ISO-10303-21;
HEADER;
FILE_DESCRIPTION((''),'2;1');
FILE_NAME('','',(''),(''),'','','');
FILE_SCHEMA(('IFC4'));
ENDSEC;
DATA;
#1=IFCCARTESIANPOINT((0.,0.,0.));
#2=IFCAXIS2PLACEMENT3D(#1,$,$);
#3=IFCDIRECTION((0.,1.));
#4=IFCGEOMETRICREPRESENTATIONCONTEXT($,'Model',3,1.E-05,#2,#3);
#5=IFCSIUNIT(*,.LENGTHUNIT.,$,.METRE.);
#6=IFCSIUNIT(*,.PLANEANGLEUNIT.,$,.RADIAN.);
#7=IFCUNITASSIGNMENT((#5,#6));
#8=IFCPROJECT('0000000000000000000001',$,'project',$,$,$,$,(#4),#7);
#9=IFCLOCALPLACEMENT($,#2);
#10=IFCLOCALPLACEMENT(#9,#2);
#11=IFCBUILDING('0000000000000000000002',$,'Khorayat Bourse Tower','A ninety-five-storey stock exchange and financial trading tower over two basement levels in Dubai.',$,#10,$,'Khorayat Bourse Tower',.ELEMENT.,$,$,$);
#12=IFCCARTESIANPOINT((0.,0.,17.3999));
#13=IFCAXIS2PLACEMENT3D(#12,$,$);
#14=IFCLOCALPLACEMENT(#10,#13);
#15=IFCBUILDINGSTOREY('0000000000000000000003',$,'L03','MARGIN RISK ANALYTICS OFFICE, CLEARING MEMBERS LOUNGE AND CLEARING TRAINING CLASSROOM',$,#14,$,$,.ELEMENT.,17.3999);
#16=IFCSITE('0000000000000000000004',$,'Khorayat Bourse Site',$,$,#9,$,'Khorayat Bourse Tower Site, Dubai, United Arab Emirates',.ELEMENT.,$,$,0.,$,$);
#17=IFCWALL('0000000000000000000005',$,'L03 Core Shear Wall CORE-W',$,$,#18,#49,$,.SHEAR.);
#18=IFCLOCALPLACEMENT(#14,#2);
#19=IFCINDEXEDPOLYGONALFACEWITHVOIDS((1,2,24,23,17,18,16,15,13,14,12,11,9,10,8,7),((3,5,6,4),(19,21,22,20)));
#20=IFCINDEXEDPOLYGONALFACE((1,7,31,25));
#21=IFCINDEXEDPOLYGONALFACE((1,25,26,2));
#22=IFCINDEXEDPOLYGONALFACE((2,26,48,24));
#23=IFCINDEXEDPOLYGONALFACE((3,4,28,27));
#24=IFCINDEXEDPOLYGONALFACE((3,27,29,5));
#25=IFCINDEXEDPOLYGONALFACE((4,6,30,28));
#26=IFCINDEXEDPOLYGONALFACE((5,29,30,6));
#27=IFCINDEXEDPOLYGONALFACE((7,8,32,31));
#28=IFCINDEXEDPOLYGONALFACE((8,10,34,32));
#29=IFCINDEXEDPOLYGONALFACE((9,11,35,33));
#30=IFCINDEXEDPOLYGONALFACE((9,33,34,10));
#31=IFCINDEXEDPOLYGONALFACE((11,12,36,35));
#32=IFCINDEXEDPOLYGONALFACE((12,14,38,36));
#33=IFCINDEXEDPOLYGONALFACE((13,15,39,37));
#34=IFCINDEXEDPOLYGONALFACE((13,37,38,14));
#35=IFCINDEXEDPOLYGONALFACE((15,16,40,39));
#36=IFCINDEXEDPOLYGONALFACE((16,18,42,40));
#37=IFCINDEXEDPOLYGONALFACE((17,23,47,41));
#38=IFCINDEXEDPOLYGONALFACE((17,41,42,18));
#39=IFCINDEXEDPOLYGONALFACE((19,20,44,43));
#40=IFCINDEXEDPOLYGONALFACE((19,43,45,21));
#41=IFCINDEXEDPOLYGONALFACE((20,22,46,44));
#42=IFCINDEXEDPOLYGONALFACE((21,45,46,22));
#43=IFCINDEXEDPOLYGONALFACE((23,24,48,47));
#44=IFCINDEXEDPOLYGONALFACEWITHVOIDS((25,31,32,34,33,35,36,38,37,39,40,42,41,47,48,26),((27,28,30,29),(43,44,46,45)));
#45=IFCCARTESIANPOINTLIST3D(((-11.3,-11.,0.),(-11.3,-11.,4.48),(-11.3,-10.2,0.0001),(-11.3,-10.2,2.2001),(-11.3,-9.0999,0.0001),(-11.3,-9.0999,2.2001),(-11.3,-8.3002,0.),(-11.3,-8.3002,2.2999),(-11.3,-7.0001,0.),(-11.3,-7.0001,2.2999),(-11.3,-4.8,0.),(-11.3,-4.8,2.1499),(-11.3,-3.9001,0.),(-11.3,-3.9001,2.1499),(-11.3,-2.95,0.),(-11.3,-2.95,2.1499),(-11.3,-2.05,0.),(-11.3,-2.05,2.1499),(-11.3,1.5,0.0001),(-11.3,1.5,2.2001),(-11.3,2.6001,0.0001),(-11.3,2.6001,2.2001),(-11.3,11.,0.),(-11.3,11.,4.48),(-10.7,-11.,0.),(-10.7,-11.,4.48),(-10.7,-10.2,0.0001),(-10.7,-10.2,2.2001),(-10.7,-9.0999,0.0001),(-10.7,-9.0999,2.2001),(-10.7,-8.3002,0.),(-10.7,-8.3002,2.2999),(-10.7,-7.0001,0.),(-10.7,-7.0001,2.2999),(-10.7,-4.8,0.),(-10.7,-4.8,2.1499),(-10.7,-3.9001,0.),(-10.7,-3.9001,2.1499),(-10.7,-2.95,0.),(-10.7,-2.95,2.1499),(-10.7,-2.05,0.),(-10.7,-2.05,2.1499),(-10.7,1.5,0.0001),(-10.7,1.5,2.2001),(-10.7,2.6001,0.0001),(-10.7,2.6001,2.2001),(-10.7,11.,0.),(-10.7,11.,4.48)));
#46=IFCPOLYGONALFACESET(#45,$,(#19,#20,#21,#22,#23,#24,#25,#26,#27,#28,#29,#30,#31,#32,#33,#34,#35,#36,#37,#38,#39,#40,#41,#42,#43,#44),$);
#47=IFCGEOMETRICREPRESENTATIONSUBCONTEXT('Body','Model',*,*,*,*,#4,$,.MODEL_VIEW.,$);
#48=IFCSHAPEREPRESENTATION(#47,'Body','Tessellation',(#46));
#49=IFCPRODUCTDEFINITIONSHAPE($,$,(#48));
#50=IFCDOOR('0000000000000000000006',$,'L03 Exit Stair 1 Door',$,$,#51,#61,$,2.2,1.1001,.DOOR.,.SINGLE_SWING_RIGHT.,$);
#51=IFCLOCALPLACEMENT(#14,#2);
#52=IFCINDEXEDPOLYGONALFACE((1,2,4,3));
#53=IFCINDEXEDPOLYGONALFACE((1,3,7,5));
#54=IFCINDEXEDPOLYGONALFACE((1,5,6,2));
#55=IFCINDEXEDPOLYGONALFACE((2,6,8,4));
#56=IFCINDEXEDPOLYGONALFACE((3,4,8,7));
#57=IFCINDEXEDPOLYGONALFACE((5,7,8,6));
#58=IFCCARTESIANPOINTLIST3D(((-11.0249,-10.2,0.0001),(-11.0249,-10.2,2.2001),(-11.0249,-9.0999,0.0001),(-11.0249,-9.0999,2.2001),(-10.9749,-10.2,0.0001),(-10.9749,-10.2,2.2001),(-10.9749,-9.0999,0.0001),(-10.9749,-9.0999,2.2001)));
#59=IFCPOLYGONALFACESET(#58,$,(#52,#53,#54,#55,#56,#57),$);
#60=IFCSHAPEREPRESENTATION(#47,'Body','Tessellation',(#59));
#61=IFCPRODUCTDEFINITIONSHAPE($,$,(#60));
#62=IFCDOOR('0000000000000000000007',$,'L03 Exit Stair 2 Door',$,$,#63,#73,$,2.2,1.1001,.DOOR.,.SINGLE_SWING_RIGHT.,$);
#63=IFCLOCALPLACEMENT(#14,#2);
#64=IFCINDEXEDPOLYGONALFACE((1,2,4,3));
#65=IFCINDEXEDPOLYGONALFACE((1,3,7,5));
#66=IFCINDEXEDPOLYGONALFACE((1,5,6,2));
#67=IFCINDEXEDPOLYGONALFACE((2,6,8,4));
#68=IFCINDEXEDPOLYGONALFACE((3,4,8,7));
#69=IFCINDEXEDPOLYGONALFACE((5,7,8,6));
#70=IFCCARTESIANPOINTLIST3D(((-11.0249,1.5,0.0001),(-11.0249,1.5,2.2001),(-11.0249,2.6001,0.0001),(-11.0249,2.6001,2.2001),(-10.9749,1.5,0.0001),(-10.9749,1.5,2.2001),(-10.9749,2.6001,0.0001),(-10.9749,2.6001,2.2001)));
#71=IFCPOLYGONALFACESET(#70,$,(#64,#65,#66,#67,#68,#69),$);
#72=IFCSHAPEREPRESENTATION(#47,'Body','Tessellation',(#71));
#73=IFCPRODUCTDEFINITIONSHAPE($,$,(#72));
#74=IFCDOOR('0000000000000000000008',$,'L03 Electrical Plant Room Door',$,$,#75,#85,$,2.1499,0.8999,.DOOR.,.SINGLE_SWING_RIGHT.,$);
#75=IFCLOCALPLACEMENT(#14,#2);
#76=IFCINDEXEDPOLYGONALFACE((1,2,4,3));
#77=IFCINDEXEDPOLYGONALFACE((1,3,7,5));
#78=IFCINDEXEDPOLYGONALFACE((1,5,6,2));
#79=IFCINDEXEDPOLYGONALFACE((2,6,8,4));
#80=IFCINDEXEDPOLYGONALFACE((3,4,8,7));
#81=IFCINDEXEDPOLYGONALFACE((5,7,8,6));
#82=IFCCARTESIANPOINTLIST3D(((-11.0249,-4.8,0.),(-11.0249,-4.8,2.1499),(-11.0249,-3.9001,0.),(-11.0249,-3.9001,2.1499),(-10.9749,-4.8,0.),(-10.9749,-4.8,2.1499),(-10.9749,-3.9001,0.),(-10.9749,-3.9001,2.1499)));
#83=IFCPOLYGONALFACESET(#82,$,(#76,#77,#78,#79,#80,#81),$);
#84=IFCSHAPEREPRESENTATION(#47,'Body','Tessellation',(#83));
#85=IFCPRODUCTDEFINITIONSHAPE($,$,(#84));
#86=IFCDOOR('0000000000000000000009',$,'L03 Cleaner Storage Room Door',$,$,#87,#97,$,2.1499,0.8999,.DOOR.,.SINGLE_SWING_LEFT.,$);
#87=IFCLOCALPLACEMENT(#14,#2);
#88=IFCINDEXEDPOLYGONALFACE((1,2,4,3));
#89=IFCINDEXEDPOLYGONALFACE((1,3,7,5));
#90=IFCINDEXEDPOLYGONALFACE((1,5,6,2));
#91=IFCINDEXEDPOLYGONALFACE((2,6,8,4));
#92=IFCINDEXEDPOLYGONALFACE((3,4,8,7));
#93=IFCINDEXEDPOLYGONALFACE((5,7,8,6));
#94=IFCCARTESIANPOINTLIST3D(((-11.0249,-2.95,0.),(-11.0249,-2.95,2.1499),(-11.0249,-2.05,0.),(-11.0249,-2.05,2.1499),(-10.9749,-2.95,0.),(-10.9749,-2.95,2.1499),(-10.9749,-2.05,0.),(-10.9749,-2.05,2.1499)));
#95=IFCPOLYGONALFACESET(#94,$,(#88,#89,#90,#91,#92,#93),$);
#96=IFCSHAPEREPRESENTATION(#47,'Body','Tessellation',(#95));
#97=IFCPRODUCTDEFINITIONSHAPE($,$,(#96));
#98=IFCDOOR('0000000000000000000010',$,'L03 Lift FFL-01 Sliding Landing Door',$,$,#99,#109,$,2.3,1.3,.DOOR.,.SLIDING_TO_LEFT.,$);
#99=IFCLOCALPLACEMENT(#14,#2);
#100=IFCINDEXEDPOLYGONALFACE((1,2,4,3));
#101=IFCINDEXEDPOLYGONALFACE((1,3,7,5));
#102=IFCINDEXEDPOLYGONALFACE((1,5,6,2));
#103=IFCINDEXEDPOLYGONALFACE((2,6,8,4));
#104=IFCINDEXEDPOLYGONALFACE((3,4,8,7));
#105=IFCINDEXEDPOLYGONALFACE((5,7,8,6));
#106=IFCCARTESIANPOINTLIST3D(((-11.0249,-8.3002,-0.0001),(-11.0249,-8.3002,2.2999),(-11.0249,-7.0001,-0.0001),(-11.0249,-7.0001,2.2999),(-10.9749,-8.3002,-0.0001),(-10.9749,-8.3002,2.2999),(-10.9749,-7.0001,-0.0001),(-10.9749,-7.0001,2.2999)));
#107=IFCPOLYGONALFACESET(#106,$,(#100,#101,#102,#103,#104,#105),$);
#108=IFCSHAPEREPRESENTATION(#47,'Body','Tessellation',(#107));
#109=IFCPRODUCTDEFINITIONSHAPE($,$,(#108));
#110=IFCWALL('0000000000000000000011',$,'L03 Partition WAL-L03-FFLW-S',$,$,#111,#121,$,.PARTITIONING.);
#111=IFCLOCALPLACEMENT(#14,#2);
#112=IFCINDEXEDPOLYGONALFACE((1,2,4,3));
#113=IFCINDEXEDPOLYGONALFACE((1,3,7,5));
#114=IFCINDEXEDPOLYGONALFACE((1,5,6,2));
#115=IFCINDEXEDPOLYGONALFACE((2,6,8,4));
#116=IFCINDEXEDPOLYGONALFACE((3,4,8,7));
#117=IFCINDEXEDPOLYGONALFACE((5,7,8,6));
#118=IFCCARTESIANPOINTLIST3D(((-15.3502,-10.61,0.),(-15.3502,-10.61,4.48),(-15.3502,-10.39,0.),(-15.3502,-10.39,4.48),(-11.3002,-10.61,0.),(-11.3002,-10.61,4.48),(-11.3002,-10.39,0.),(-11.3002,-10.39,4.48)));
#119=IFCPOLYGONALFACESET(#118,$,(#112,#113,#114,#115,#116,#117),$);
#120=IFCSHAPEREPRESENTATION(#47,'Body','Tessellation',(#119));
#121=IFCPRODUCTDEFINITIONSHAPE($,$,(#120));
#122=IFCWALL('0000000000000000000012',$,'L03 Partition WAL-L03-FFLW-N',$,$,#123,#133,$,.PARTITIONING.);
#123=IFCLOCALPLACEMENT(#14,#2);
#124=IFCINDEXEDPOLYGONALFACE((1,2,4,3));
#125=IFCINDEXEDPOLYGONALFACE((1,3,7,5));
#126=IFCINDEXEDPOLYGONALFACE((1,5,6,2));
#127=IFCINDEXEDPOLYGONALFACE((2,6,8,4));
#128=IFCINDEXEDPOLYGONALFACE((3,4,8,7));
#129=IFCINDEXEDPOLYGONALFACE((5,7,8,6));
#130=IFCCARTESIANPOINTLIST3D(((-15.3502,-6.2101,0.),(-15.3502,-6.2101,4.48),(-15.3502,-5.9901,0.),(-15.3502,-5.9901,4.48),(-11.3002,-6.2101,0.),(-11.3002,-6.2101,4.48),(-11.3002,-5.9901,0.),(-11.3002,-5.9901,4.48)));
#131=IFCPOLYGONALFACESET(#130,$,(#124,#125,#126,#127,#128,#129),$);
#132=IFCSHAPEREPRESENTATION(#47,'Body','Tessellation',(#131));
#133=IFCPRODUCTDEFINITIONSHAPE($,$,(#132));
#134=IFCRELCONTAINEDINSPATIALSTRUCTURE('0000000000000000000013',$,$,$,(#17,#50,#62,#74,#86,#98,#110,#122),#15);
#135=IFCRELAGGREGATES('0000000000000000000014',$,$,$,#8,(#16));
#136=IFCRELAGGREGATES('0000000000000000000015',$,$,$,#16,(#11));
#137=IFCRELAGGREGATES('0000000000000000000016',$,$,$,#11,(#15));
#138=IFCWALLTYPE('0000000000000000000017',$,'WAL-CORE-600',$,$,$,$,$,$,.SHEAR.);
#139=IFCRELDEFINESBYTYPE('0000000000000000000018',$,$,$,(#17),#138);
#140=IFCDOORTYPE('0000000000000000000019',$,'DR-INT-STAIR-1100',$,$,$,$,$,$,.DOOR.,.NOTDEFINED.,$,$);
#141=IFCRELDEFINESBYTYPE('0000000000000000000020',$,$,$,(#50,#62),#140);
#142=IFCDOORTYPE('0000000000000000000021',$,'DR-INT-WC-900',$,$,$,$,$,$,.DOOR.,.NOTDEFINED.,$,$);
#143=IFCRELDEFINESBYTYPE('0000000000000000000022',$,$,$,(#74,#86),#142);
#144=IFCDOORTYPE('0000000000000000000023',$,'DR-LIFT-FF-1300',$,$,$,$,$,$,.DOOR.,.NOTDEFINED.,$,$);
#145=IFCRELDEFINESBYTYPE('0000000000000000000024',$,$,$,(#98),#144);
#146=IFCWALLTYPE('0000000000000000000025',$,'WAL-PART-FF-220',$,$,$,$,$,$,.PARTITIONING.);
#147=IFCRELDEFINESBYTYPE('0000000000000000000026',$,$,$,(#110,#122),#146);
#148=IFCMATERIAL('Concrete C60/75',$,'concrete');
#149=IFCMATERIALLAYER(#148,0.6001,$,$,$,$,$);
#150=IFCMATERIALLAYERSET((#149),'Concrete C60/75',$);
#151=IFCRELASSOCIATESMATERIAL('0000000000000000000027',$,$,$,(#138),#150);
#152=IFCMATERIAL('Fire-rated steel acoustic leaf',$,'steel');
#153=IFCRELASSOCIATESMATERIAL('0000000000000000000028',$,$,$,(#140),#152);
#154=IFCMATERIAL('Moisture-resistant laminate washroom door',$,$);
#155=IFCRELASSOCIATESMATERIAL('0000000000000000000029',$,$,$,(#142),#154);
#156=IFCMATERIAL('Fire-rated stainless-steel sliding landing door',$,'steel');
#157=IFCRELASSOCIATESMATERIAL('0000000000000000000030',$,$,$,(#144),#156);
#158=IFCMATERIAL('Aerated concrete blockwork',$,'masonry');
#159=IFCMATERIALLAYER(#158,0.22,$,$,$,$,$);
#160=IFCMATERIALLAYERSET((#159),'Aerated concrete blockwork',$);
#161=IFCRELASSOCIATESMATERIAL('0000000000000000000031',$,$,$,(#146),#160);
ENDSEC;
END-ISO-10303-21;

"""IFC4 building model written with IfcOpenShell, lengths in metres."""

from ifc_helpers import new_model, si_unit, direction, frame, frame_2d, origin, place, context, subcontext, project, spatial, rectangle, extrude, source, transform, mapped, material, layer, layer_set, type_object, element, fill, save


model = new_model("IFC4")

# Units and contexts
model_context = context("Model", 3, precision=1e-05, world=origin(), true_north=direction((0.0, 1.0)))
body_context = subcontext(model_context, "Body", "Model", "MODEL_VIEW")
ifc_project = project(units=[si_unit("LENGTHUNIT", "METRE"), si_unit("PLANEANGLEUNIT", "RADIAN")], contexts=[model_context])

# Site, building, storey
site_placement = place(None, origin())
site = spatial("IfcSite", under=ifc_project, at=site_placement, Name="Khorayat Bourse Site", LongName="Khorayat Bourse Tower Site, Dubai, United Arab Emirates", CompositionType="ELEMENT", RefElevation=0.0)
building_placement = place(site_placement, origin())
building = spatial("IfcBuilding", under=site, at=building_placement, Name="Khorayat Bourse Tower", Description="A ninety-five-storey stock exchange and financial trading tower over two basement levels in Dubai.", LongName="Khorayat Bourse Tower", CompositionType="ELEMENT")
storey_placement = place(building_placement, frame((0.0, 0.0, 17.3999)))
storey = spatial("IfcBuildingStorey", under=building, at=storey_placement, Name="L03", Description="MARGIN RISK ANALYTICS OFFICE, CLEARING MEMBERS LOUNGE AND CLEARING TRAINING CLASSROOM", CompositionType="ELEMENT", Elevation=17.3999)

# Wall, openings, doors
ifc_material_1 = material(Name="Concrete C60/75", Category="concrete")
ifc_layer_1 = layer(ifc_material_1, 0.6001)
ifc_layer_set_1 = layer_set([ifc_layer_1], Name="Concrete C60/75")
wall_type_1 = type_object("IfcWallType", Name="WAL-CORE-600", PredefinedType="SHEAR", material=ifc_layer_set_1)
shared_shape_1 = source(origin(), body_context, "Body", "SweptSolid", [
    extrude(rectangle(XDim=22.0, YDim=0.6001, at=frame_2d((11.0, 0.0))), origin(), (0.0, 0.0, 1.0), 4.48),
])
wall_1_placement = place(storey_placement, frame((-11.0, -11.0, 0.0), z_axis=(0.0, 0.0, 1.0), x_axis=(0.0, 1.0, 0.0)))
wall_1 = element("IfcWall", 1, at=wall_1_placement, inside=storey, type_object=wall_type_1, Name="L03 Core Shear Wall CORE-W", PredefinedType="SHEAR", context=body_context, shape_type="MappedRepresentation", body=[
    mapped(shared_shape_1, transform((0.0, 0.0, 0.0), scale=1.0)),
])
shared_shape_2 = source(origin(), body_context, "Body", "SweptSolid", [
    extrude(rectangle(XDim=1.1001, YDim=2.2, at=frame_2d((0.55, 1.1001))), frame((0.0, 0.3101, 0.0), z_axis=(0.0, -1.0, 0.0), x_axis=(1.0, 0.0, 0.0)), (0.0, 0.0, 1.0), 0.6201),
])
opening_1_placement = place(wall_1_placement, frame((0.8, 0.0, 0.0)))
opening_1 = element("IfcOpeningElement", 2, at=opening_1_placement, cuts=wall_1, PredefinedType="OPENING", context=body_context, shape_type="MappedRepresentation", body=[
    mapped(shared_shape_2, transform((0.0, 0.0, 0.0), scale=1.0)),
])
opening_2_placement = place(wall_1_placement, frame((12.5, 0.0, 0.0)))
opening_2 = element("IfcOpeningElement", 3, at=opening_2_placement, cuts=wall_1, PredefinedType="OPENING", context=body_context, shape_type="MappedRepresentation", body=[
    mapped(shared_shape_2, transform((0.0, 0.0, 0.0), scale=1.0)),
])
shared_shape_3 = source(origin(), body_context, "Body", "SweptSolid", [
    extrude(rectangle(XDim=0.8999, YDim=2.1499, at=frame_2d((0.45, 1.075))), frame((0.0, 0.3101, 0.0), z_axis=(0.0, -1.0, 0.0), x_axis=(1.0, 0.0, 0.0)), (0.0, 0.0, 1.0), 0.6201),
])
opening_3_placement = place(wall_1_placement, frame((6.2, 0.0, 0.0)))
opening_3 = element("IfcOpeningElement", 4, at=opening_3_placement, cuts=wall_1, PredefinedType="OPENING", context=body_context, shape_type="MappedRepresentation", body=[
    mapped(shared_shape_3, transform((0.0, 0.0, 0.0), scale=1.0)),
])
opening_4_placement = place(wall_1_placement, frame((8.05, 0.0, 0.0)))
opening_4 = element("IfcOpeningElement", 5, at=opening_4_placement, cuts=wall_1, PredefinedType="OPENING", context=body_context, shape_type="MappedRepresentation", body=[
    mapped(shared_shape_3, transform((0.0, 0.0, 0.0), scale=1.0)),
])
shared_shape_4 = source(origin(), body_context, "Body", "SweptSolid", [
    extrude(rectangle(XDim=1.3, YDim=2.3, at=frame_2d((0.6499, 1.1499))), frame((0.0, 0.3101, 0.0), z_axis=(0.0, -1.0, 0.0), x_axis=(1.0, 0.0, 0.0)), (0.0, 0.0, 1.0), 0.6201),
])
opening_5_placement = place(wall_1_placement, frame((2.7, 0.0, 0.0)))
opening_5 = element("IfcOpeningElement", 6, at=opening_5_placement, cuts=wall_1, PredefinedType="OPENING", context=body_context, shape_type="MappedRepresentation", body=[
    mapped(shared_shape_4, transform((0.0, 0.0, 0.0), scale=1.0)),
])
ifc_material_2 = material(Name="Fire-rated steel acoustic leaf", Category="steel")
door_type_1 = type_object("IfcDoorType", Name="DR-INT-STAIR-1100", OperationType="NOTDEFINED", PredefinedType="DOOR", material=ifc_material_2)
shared_shape_5 = source(origin(), body_context, "Body", "SweptSolid", [
    extrude(rectangle(XDim=1.1001, YDim=2.2, at=frame_2d((0.55, 1.1001))), frame((0.0, 0.0249, 0.0), z_axis=(0.0, -1.0, 0.0), x_axis=(1.0, 0.0, 0.0)), (0.0, 0.0, 1.0), 0.05),
])
door_1_placement = place(opening_1_placement, origin())
door_1 = element("IfcDoor", 7, at=door_1_placement, inside=storey, type_object=door_type_1, Name="L03 Exit Stair 1 Door", OperationType="SINGLE_SWING_RIGHT", OverallHeight=2.2, OverallWidth=1.1001, PredefinedType="DOOR", context=body_context, shape_type="MappedRepresentation", body=[
    mapped(shared_shape_5, transform((0.0, 0.0, 0.0), scale=1.0)),
])
fill(opening_1, door_1)
door_2_placement = place(opening_2_placement, origin())
door_2 = element("IfcDoor", 8, at=door_2_placement, inside=storey, type_object=door_type_1, Name="L03 Exit Stair 2 Door", OperationType="SINGLE_SWING_RIGHT", OverallHeight=2.2, OverallWidth=1.1001, PredefinedType="DOOR", context=body_context, shape_type="MappedRepresentation", body=[
    mapped(shared_shape_5, transform((0.0, 0.0, 0.0), scale=1.0)),
])
fill(opening_2, door_2)
ifc_material_3 = material(Name="Moisture-resistant laminate washroom door")
door_type_2 = type_object("IfcDoorType", Name="DR-INT-WC-900", OperationType="NOTDEFINED", PredefinedType="DOOR", material=ifc_material_3)
shared_shape_6 = source(origin(), body_context, "Body", "SweptSolid", [
    extrude(rectangle(XDim=0.8999, YDim=2.1499, at=frame_2d((0.45, 1.075))), frame((0.0, 0.0249, 0.0), z_axis=(0.0, -1.0, 0.0), x_axis=(1.0, 0.0, 0.0)), (0.0, 0.0, 1.0), 0.05),
])
door_3_placement = place(opening_3_placement, origin())
door_3 = element("IfcDoor", 9, at=door_3_placement, inside=storey, type_object=door_type_2, Name="L03 Electrical Plant Room Door", OperationType="SINGLE_SWING_RIGHT", OverallHeight=2.1499, OverallWidth=0.8999, PredefinedType="DOOR", context=body_context, shape_type="MappedRepresentation", body=[
    mapped(shared_shape_6, transform((0.0, 0.0, 0.0), scale=1.0)),
])
fill(opening_3, door_3)
door_4_placement = place(opening_4_placement, origin())
door_4 = element("IfcDoor", 10, at=door_4_placement, inside=storey, type_object=door_type_2, Name="L03 Cleaner Storage Room Door", OperationType="SINGLE_SWING_LEFT", OverallHeight=2.1499, OverallWidth=0.8999, PredefinedType="DOOR", context=body_context, shape_type="MappedRepresentation", body=[
    mapped(shared_shape_6, transform((0.0, 0.0, 0.0), scale=1.0)),
])
fill(opening_4, door_4)
ifc_material_4 = material(Name="Fire-rated stainless-steel sliding landing door", Category="steel")
door_type_3 = type_object("IfcDoorType", Name="DR-LIFT-FF-1300", OperationType="NOTDEFINED", PredefinedType="DOOR", material=ifc_material_4)
shared_shape_7 = source(origin(), body_context, "Body", "SweptSolid", [
    extrude(rectangle(XDim=1.3, YDim=2.3, at=frame_2d((0.6499, 1.1499))), frame((0.0, 0.0249, 0.0), z_axis=(0.0, -1.0, 0.0), x_axis=(1.0, 0.0, 0.0)), (0.0, 0.0, 1.0), 0.05),
])
door_5_placement = place(opening_5_placement, origin())
door_5 = element("IfcDoor", 11, at=door_5_placement, inside=storey, type_object=door_type_3, Name="L03 Lift FFL-01 Sliding Landing Door", OperationType="SLIDING_TO_LEFT", OverallHeight=2.3, OverallWidth=1.3, PredefinedType="DOOR", context=body_context, shape_type="MappedRepresentation", body=[
    mapped(shared_shape_7, transform((0.0, 0.0, 0.0), scale=1.0)),
])
fill(opening_5, door_5)

# Walls
ifc_material_5 = material(Name="Aerated concrete blockwork", Category="masonry")
ifc_layer_2 = layer(ifc_material_5, 0.22)
ifc_layer_set_2 = layer_set([ifc_layer_2], Name="Aerated concrete blockwork")
wall_type_2 = type_object("IfcWallType", Name="WAL-PART-FF-220", PredefinedType="PARTITIONING", material=ifc_layer_set_2)
shared_shape_8 = source(origin(), body_context, "Body", "SweptSolid", [
    extrude(rectangle(XDim=4.05, YDim=0.22, at=frame_2d((2.0249, 0.0))), origin(), (0.0, 0.0, 1.0), 4.48),
])
for number, where, z_axis, x_axis, name in (
    (12, (-15.3501, -10.5, 0.0), (0.0, 0.0, 1.0), (1.0, 0.0, 0.0), "L03 Partition WAL-L03-FFLW-S"),
    (13, (-15.3501, -6.1001, 0.0), (0.0, 0.0, 1.0), (1.0, 0.0, 0.0), "L03 Partition WAL-L03-FFLW-N"),
):
    element("IfcWall", number, at=place(storey_placement, frame(where, z_axis=z_axis, x_axis=x_axis)), inside=storey, type_object=wall_type_2, Name=name, PredefinedType="PARTITIONING", context=body_context, shape_type="MappedRepresentation", body=[
        mapped(shared_shape_8, transform((0.0, 0.0, 0.0), scale=1.0)),
    ])

save(model, "model.ifc")
